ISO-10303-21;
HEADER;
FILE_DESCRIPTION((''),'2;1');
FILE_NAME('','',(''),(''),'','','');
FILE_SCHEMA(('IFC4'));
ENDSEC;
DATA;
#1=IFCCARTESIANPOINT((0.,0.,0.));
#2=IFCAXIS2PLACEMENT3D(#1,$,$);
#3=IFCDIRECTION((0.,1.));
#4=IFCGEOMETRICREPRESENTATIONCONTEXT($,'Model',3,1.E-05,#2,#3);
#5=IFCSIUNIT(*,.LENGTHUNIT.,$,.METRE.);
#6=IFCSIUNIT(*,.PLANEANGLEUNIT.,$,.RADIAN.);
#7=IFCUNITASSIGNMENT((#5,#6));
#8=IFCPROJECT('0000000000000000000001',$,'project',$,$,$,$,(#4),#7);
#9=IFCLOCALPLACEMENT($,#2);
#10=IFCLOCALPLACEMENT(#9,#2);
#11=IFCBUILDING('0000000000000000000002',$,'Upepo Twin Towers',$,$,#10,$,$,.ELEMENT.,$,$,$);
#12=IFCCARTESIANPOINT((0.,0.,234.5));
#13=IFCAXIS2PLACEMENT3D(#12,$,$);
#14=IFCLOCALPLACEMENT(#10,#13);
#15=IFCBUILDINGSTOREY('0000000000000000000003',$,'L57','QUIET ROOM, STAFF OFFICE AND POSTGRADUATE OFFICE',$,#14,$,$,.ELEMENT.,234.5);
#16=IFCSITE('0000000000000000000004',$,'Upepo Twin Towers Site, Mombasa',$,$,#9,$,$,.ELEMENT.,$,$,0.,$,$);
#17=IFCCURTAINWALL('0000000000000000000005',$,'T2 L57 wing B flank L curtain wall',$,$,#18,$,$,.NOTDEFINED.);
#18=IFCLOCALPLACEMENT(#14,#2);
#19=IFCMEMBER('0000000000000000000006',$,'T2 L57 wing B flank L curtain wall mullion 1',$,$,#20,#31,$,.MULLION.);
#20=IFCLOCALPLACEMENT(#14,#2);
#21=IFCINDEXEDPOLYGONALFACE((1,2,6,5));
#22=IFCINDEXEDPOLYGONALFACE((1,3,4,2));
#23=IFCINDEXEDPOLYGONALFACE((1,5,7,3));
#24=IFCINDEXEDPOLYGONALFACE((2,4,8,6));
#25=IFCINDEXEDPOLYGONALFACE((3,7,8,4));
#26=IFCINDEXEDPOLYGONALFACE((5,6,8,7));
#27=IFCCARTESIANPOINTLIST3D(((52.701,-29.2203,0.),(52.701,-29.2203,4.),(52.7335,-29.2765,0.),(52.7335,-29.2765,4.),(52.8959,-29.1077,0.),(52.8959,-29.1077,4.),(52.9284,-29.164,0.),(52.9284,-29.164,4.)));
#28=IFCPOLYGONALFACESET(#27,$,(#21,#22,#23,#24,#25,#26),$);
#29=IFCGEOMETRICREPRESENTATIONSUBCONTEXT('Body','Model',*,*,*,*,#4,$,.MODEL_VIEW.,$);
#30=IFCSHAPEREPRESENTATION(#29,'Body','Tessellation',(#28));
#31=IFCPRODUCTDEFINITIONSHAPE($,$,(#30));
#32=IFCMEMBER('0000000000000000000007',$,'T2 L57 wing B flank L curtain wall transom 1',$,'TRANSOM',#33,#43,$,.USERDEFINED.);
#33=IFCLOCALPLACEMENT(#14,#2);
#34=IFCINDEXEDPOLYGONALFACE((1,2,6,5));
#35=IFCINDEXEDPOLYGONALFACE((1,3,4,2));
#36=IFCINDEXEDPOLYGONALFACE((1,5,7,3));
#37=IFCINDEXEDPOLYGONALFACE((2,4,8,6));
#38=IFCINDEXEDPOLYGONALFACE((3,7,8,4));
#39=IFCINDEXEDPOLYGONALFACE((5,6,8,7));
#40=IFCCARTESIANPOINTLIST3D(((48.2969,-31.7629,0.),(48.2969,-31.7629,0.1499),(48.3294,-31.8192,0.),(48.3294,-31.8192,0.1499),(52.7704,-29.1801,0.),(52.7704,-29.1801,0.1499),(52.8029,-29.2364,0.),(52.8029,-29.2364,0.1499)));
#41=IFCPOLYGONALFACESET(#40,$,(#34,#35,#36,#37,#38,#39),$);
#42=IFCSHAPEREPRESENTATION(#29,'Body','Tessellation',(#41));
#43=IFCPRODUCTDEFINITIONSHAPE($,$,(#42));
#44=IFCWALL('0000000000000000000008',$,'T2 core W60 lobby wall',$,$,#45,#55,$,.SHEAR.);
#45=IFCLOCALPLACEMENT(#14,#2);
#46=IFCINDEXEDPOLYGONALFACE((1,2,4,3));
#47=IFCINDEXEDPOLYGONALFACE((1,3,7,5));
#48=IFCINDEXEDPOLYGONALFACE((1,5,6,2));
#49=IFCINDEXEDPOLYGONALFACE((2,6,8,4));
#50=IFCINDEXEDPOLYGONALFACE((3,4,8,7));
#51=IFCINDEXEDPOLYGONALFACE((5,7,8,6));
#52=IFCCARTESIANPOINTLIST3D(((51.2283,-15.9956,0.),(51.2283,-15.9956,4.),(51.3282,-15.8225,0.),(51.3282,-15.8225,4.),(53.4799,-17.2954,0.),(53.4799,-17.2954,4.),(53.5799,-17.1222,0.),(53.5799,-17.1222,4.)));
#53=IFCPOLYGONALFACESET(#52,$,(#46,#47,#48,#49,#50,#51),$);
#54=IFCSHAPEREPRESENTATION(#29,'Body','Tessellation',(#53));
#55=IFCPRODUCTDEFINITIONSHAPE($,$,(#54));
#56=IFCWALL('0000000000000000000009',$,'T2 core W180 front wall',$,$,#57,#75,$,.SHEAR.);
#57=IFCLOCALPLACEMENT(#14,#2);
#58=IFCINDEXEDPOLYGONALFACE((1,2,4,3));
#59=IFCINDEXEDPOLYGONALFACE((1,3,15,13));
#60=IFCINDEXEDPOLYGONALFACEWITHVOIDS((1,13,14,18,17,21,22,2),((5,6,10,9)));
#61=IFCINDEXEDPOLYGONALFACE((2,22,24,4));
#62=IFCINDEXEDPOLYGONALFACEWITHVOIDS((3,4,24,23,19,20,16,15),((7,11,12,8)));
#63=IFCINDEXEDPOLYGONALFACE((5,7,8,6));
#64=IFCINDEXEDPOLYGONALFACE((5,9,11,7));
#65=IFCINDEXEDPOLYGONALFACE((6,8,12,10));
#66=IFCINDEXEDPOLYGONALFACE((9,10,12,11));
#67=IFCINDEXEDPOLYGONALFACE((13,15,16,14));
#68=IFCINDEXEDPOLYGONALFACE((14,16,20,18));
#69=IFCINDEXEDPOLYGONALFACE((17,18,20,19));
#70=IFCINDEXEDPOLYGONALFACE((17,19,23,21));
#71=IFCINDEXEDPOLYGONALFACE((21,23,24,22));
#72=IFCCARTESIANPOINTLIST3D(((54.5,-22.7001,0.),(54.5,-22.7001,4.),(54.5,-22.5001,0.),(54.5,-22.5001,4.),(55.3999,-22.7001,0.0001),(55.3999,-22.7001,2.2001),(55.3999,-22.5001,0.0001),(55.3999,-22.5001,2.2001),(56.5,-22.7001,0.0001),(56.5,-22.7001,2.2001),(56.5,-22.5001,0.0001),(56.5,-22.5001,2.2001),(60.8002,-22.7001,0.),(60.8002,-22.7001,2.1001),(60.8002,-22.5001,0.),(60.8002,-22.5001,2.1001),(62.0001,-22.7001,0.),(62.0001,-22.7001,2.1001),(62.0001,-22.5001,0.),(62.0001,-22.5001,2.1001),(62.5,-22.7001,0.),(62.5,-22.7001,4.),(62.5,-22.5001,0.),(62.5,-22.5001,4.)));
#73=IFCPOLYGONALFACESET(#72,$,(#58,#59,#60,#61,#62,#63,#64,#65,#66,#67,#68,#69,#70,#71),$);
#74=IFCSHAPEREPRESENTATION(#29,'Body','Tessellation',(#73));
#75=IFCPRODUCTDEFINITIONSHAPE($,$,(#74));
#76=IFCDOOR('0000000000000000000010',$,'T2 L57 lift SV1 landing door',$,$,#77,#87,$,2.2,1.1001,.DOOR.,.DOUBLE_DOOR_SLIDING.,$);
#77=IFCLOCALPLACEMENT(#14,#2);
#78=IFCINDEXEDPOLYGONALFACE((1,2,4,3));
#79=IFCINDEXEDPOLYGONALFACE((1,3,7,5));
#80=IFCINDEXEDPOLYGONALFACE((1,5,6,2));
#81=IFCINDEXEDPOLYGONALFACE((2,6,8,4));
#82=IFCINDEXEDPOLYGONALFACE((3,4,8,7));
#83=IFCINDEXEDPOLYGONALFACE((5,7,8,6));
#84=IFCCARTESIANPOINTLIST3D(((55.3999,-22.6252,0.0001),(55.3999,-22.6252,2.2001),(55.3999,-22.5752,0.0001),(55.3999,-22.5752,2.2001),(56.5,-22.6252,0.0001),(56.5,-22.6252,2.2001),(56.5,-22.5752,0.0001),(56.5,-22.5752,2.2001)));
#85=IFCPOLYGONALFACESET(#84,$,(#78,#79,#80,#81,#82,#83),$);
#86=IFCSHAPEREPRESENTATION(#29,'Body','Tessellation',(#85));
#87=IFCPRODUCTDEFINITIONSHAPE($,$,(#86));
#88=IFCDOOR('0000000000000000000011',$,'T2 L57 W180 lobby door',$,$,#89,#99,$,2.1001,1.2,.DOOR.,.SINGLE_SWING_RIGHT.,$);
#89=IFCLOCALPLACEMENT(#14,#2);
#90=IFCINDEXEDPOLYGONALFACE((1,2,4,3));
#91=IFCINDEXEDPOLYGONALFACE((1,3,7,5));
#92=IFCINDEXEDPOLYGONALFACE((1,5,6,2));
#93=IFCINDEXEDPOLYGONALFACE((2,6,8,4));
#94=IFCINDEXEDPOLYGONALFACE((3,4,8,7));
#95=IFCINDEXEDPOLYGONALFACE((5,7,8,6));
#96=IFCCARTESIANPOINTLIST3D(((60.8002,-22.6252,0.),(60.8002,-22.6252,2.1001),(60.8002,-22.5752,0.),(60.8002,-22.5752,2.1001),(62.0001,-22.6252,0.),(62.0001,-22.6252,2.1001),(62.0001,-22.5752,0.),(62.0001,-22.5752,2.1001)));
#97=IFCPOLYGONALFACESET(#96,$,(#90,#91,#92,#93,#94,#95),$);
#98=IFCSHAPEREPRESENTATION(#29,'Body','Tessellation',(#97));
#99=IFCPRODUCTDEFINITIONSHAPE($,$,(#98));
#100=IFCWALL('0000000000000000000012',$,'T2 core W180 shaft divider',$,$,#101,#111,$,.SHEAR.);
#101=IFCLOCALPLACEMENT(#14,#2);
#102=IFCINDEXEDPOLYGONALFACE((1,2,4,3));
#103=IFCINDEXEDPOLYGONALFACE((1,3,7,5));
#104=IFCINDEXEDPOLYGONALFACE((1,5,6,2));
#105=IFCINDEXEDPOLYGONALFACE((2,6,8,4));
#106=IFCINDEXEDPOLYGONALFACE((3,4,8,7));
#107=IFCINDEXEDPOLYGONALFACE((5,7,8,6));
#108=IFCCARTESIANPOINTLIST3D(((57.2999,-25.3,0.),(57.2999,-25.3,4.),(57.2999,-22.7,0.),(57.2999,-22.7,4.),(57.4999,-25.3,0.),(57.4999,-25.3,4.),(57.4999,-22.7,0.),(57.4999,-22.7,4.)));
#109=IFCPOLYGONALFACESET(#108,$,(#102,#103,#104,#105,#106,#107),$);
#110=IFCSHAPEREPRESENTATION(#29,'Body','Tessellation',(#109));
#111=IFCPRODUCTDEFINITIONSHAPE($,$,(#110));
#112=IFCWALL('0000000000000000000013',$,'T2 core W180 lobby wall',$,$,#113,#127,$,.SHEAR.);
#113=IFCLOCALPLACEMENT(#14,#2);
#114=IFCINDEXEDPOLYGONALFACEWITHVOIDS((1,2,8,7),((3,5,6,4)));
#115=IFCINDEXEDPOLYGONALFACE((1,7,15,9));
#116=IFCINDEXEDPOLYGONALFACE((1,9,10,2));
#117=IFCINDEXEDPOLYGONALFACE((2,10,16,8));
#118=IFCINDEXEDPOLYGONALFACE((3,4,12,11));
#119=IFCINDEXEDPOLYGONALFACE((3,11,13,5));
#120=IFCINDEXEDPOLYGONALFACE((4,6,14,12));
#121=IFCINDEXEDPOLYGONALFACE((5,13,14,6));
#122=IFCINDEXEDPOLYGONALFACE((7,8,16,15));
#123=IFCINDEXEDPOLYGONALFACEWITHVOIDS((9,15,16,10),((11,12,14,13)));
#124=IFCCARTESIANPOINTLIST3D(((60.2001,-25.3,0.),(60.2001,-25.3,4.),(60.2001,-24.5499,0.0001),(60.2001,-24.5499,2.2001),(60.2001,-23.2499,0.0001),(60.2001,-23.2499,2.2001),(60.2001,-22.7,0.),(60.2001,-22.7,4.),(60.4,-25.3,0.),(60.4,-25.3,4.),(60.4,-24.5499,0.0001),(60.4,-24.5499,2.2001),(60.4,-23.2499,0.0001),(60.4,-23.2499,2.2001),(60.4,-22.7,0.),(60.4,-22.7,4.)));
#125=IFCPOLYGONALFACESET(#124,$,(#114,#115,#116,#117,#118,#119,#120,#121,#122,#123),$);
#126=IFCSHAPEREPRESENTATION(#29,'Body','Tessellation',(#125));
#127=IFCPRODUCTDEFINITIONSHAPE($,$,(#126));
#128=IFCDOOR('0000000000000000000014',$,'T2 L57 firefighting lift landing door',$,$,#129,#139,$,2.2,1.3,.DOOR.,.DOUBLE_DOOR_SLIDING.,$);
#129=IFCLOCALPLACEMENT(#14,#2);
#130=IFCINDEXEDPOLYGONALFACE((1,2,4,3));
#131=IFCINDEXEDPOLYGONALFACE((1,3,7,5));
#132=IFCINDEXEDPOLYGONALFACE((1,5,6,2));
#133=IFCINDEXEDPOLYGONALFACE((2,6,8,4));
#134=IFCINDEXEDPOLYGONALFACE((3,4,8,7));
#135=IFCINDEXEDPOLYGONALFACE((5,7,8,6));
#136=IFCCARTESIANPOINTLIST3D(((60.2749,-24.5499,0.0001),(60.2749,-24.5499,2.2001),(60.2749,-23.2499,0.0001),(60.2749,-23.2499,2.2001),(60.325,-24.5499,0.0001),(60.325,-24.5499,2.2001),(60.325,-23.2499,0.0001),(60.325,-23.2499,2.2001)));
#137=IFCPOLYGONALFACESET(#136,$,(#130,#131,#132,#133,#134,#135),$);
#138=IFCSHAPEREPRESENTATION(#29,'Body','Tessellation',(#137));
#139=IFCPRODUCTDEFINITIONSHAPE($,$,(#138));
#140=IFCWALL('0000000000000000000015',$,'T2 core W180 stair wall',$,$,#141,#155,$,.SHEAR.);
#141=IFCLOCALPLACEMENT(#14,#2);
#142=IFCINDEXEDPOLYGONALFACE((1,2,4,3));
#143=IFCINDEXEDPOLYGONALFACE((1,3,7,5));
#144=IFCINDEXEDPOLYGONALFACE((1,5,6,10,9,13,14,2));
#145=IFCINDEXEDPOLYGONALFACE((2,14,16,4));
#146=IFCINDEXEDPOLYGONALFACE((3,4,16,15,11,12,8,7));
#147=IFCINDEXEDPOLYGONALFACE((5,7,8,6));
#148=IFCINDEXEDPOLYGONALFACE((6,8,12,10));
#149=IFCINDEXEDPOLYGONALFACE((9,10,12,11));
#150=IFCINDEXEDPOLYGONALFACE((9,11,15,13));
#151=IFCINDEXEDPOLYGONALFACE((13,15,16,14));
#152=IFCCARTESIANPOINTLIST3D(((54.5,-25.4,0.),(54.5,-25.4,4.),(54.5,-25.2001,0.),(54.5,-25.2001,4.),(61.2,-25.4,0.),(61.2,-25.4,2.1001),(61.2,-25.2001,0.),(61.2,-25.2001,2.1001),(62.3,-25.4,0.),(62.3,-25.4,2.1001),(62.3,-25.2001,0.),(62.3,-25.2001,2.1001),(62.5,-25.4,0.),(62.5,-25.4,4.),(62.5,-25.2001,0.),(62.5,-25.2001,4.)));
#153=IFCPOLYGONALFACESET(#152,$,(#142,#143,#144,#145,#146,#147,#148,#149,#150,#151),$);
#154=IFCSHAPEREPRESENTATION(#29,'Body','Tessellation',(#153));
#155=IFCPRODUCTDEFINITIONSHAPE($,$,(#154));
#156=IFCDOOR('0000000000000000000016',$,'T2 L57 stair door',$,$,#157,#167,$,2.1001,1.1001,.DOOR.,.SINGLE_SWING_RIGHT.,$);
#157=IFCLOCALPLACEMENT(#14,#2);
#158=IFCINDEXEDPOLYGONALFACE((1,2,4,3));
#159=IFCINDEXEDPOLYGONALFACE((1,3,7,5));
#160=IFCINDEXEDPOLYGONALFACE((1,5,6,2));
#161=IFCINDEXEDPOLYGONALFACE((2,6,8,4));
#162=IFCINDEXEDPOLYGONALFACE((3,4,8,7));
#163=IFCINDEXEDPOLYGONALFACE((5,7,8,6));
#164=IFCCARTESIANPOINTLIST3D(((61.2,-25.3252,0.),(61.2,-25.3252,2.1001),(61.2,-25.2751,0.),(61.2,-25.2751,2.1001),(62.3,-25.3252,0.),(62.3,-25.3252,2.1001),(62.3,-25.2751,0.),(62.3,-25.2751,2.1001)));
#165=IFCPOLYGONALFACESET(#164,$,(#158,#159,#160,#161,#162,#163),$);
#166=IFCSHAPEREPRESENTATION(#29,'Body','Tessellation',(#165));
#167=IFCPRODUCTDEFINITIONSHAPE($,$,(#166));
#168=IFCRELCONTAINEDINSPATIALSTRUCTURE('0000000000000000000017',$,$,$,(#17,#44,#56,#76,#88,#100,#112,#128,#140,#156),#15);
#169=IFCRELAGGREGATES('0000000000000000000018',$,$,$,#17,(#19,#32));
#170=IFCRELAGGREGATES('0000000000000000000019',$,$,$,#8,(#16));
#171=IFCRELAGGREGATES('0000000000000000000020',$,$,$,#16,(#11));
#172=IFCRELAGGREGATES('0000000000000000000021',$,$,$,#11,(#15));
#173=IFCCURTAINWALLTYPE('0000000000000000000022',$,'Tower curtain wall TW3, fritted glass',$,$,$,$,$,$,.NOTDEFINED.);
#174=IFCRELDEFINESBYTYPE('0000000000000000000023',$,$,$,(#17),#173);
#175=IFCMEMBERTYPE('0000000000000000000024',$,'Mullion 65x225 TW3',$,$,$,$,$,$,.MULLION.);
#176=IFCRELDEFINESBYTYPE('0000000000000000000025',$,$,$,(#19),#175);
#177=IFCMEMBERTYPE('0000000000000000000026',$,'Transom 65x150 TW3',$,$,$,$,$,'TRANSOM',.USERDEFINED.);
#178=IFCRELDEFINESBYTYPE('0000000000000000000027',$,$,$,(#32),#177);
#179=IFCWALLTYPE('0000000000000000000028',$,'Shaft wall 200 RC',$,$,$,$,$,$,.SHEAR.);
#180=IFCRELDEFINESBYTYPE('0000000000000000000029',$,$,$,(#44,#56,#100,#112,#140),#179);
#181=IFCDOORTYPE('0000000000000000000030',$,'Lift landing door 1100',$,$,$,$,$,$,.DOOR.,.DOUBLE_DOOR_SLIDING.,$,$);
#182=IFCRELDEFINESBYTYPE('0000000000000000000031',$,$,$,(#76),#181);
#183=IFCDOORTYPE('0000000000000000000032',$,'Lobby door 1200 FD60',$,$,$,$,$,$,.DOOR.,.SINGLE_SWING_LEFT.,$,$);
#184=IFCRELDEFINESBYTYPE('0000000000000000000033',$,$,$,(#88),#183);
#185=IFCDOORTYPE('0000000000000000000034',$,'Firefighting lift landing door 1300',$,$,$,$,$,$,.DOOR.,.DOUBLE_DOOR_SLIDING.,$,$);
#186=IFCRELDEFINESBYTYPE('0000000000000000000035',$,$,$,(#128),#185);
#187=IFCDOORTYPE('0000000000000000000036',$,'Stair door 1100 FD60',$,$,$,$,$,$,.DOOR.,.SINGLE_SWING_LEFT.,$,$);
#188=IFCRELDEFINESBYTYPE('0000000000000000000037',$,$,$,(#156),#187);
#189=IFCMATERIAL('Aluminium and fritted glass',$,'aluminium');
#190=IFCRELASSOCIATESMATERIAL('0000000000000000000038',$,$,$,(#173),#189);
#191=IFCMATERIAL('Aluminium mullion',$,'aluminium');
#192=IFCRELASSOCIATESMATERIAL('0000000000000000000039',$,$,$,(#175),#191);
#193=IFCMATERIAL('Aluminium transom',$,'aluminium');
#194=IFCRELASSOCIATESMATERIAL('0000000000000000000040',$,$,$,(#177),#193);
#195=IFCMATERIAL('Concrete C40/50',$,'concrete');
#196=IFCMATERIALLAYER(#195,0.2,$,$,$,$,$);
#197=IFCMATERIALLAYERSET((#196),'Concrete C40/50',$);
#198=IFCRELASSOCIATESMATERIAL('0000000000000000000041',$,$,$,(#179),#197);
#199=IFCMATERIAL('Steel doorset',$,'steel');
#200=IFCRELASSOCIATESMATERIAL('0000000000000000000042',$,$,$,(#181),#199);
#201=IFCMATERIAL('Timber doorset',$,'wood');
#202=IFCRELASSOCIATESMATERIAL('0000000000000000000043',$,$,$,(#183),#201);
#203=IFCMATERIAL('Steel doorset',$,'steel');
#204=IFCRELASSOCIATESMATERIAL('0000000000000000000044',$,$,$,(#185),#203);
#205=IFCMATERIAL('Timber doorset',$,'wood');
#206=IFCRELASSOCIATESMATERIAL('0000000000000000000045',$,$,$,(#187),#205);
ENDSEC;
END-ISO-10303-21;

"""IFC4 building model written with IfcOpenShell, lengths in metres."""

from ifc_helpers import new_model, si_unit, direction, frame, frame_2d, origin, origin_2d, place, context, subcontext, project, spatial, rectangle, extrude, material, layer, layer_set, material_profile, profile_set, type_object, element, fill, aggregate, save


model = new_model("IFC4")

# Units and contexts
model_context = context("Model", 3, precision=1e-05, world=origin(), true_north=direction((0.0, 1.0)))
body_context = subcontext(model_context, "Body", "Model", "MODEL_VIEW")
ifc_project = project(units=[si_unit("LENGTHUNIT", "METRE"), si_unit("PLANEANGLEUNIT", "RADIAN")], contexts=[model_context])

# Site, building, storey
site_placement = place(None, origin())
site = spatial("IfcSite", under=ifc_project, at=site_placement, Name="Upepo Twin Towers Site, Mombasa", CompositionType="ELEMENT", RefElevation=0.0)
building_placement = place(site_placement, origin())
building = spatial("IfcBuilding", under=site, at=building_placement, Name="Upepo Twin Towers", CompositionType="ELEMENT")
storey_placement = place(building_placement, frame((0.0, 0.0, 234.5)))
storey = spatial("IfcBuildingStorey", under=building, at=storey_placement, Name="L57", Description="QUIET ROOM, STAFF OFFICE AND POSTGRADUATE OFFICE", CompositionType="ELEMENT", Elevation=234.5)

# Curtain wall, members
ifc_material_1 = material(Name="Aluminium and fritted glass", Category="aluminium")
curtain_wall_type = type_object("IfcCurtainWallType", Name="Tower curtain wall TW3, fritted glass", PredefinedType="NOTDEFINED", material=ifc_material_1)
curtain_wall_placement = place(storey_placement, origin())
curtain_wall = element("IfcCurtainWall", 1, at=curtain_wall_placement, inside=storey, type_object=curtain_wall_type, Name="T2 L57 wing B flank L curtain wall", PredefinedType="NOTDEFINED")
ifc_material_2 = material(Name="Aluminium mullion", Category="aluminium")
ifc_material_profile_1 = material_profile(ifc_material_2, rectangle(XDim=0.0649, YDim=0.2251, at=origin_2d()), Name="MULLION 65x225")
ifc_profile_set_1 = profile_set([ifc_material_profile_1], Name="Aluminium mullion")
member_type_1 = type_object("IfcMemberType", Name="Mullion 65x225 TW3", PredefinedType="MULLION", material=ifc_profile_set_1)
member_1_placement = place(storey_placement, frame((52.8147, -29.1921, 0.0), z_axis=(0.0, 0.0, 1.0), x_axis=(0.5, -0.866025, 0.0)))
member_1 = element("IfcMember", 2, at=member_1_placement, type_object=member_type_1, Name="T2 L57 wing B flank L curtain wall mullion 1", PredefinedType="MULLION", context=body_context, shape_type="SweptSolid", body=[
    extrude(rectangle(XDim=0.0649, YDim=0.2251, at=origin_2d()), origin(), (0.0, 0.0, 1.0), 4.0),
])
ifc_material_3 = material(Name="Aluminium transom", Category="aluminium")
ifc_material_profile_2 = material_profile(ifc_material_3, rectangle(XDim=0.0649, YDim=0.1499, at=origin_2d()), Name="TRANSOM 65x150")
ifc_profile_set_2 = profile_set([ifc_material_profile_2], Name="Aluminium transom")
member_type_2 = type_object("IfcMemberType", Name="Transom 65x150 TW3", ElementType="TRANSOM", PredefinedType="USERDEFINED", material=ifc_profile_set_2)
member_2_placement = place(storey_placement, frame((52.7866, -29.2083, 0.075), z_axis=(-0.866021, -0.500007, 0.0), x_axis=(0.500007, -0.866021, 0.0)))
member_2 = element("IfcMember", 3, at=member_2_placement, type_object=member_type_2, Name="T2 L57 wing B flank L curtain wall transom 1", ObjectType="TRANSOM", PredefinedType="USERDEFINED", context=body_context, shape_type="SweptSolid", body=[
    extrude(rectangle(XDim=0.0649, YDim=0.1499, at=origin_2d()), origin(), (0.0, 0.0, 1.0), 5.1655),
])
aggregate(curtain_wall, [member_1, member_2])

# Wall
ifc_material_4 = material(Name="Concrete C40/50", Category="concrete")
ifc_layer_1 = layer(ifc_material_4, 0.2)
ifc_layer_set_1 = layer_set([ifc_layer_1], Name="Concrete C40/50")
wall_type_1 = type_object("IfcWallType", Name="Shaft wall 200 RC", PredefinedType="SHEAR", material=ifc_layer_set_1)
wall_1_placement = place(storey_placement, frame((53.5298, -17.2087, 0.0), z_axis=(0.0, 0.0, 1.0), x_axis=(-0.866062, 0.499937, 0.0)))
element("IfcWall", 4, at=wall_1_placement, inside=storey, type_object=wall_type_1, Name="T2 core W60 lobby wall", PredefinedType="SHEAR", context=body_context, shape_type="SweptSolid", body=[
    extrude(rectangle(XDim=2.5999, YDim=0.2, at=frame_2d((1.2998, 0.0))), origin(), (0.0, 0.0, 1.0), 4.0),
])

# Wall, openings, doors
wall_2_placement = place(storey_placement, frame((54.5, -22.6001, 0.0), z_axis=(0.0, 0.0, 1.0), x_axis=(1.0, 0.0, 0.0)))
wall_2 = element("IfcWall", 5, at=wall_2_placement, inside=storey, type_object=wall_type_1, Name="T2 core W180 front wall", PredefinedType="SHEAR", context=body_context, shape_type="SweptSolid", body=[
    extrude(rectangle(XDim=8.0, YDim=0.2, at=frame_2d((4.0, 0.0))), origin(), (0.0, 0.0, 1.0), 4.0),
])
opening_1_placement = place(wall_2_placement, frame((6.3, 0.0, 0.0)))
opening_1 = element("IfcOpeningElement", 6, at=opening_1_placement, cuts=wall_2, PredefinedType="OPENING", context=body_context, shape_type="SweptSolid", body=[
    extrude(rectangle(XDim=1.2, YDim=2.1001, at=frame_2d((0.6001, 1.05))), frame((0.0, 0.1099, 0.0), z_axis=(0.0, -1.0, 0.0), x_axis=(1.0, 0.0, 0.0)), (0.0, 0.0, 1.0), 0.22),
])
opening_2_placement = place(wall_2_placement, frame((0.8999, 0.0, 0.0)))
opening_2 = element("IfcOpeningElement", 7, at=opening_2_placement, cuts=wall_2, PredefinedType="OPENING", context=body_context, shape_type="SweptSolid", body=[
    extrude(rectangle(XDim=1.1001, YDim=2.2, at=frame_2d((0.55, 1.1001))), frame((0.0, 0.1099, 0.0), z_axis=(0.0, -1.0, 0.0), x_axis=(1.0, 0.0, 0.0)), (0.0, 0.0, 1.0), 0.22),
])
ifc_material_5 = material(Name="Steel doorset", Category="steel")
door_type_1 = type_object("IfcDoorType", Name="Lift landing door 1100", OperationType="DOUBLE_DOOR_SLIDING", PredefinedType="DOOR", material=ifc_material_5)
door_1_placement = place(opening_2_placement, origin())
door_1 = element("IfcDoor", 8, at=door_1_placement, inside=storey, type_object=door_type_1, Name="T2 L57 lift SV1 landing door", OperationType="DOUBLE_DOOR_SLIDING", OverallHeight=2.2, OverallWidth=1.1001, PredefinedType="DOOR", context=body_context, shape_type="SweptSolid", body=[
    extrude(rectangle(XDim=1.1001, YDim=2.2, at=frame_2d((0.55, 1.1001))), frame((0.0, 0.0249, 0.0), z_axis=(0.0, -1.0, 0.0), x_axis=(1.0, 0.0, 0.0)), (0.0, 0.0, 1.0), 0.05),
])
fill(opening_2, door_1)
ifc_material_6 = material(Name="Timber doorset", Category="wood")
door_type_2 = type_object("IfcDoorType", Name="Lobby door 1200 FD60", OperationType="SINGLE_SWING_LEFT", PredefinedType="DOOR", material=ifc_material_6)
door_2_placement = place(opening_1_placement, origin())
door_2 = element("IfcDoor", 9, at=door_2_placement, inside=storey, type_object=door_type_2, Name="T2 L57 W180 lobby door", OperationType="SINGLE_SWING_RIGHT", OverallHeight=2.1001, OverallWidth=1.2, PredefinedType="DOOR", context=body_context, shape_type="SweptSolid", body=[
    extrude(rectangle(XDim=1.2, YDim=2.1001, at=frame_2d((0.6001, 1.05))), frame((0.0, 0.0249, 0.0), z_axis=(0.0, -1.0, 0.0), x_axis=(1.0, 0.0, 0.0)), (0.0, 0.0, 1.0), 0.05),
])
fill(opening_1, door_2)

# Wall
wall_3_placement = place(storey_placement, frame((57.3999, -22.7, 0.0), z_axis=(0.0, 0.0, 1.0), x_axis=(0.0, -1.0, 0.0)))
element("IfcWall", 10, at=wall_3_placement, inside=storey, type_object=wall_type_1, Name="T2 core W180 shaft divider", PredefinedType="SHEAR", context=body_context, shape_type="SweptSolid", body=[
    extrude(rectangle(XDim=2.6001, YDim=0.2, at=frame_2d((1.3, 0.0))), origin(), (0.0, 0.0, 1.0), 4.0),
])

# Walls, openings, doors
wall_4_placement = place(storey_placement, frame((60.3, -22.7, 0.0), z_axis=(0.0, 0.0, 1.0), x_axis=(0.0, -1.0, 0.0)))
wall_4 = element("IfcWall", 11, at=wall_4_placement, inside=storey, type_object=wall_type_1, Name="T2 core W180 lobby wall", PredefinedType="SHEAR", context=body_context, shape_type="SweptSolid", body=[
    extrude(rectangle(XDim=2.6001, YDim=0.2, at=frame_2d((1.3, 0.0))), origin(), (0.0, 0.0, 1.0), 4.0),
])
opening_3_placement = place(wall_4_placement, frame((0.55, 0.0, 0.0)))
opening_3 = element("IfcOpeningElement", 12, at=opening_3_placement, cuts=wall_4, PredefinedType="OPENING", context=body_context, shape_type="SweptSolid", body=[
    extrude(rectangle(XDim=1.3, YDim=2.2, at=frame_2d((0.6499, 1.1001))), frame((0.0, 0.1099, 0.0), z_axis=(0.0, -1.0, 0.0), x_axis=(1.0, 0.0, 0.0)), (0.0, 0.0, 1.0), 0.22),
])
ifc_material_7 = material(Name="Steel doorset", Category="steel")
door_type_3 = type_object("IfcDoorType", Name="Firefighting lift landing door 1300", OperationType="DOUBLE_DOOR_SLIDING", PredefinedType="DOOR", material=ifc_material_7)
door_3_placement = place(opening_3_placement, origin())
door_3 = element("IfcDoor", 13, at=door_3_placement, inside=storey, type_object=door_type_3, Name="T2 L57 firefighting lift landing door", OperationType="DOUBLE_DOOR_SLIDING", OverallHeight=2.2, OverallWidth=1.3, PredefinedType="DOOR", context=body_context, shape_type="SweptSolid", body=[
    extrude(rectangle(XDim=1.3, YDim=2.2, at=frame_2d((0.6499, 1.1001))), frame((0.0, 0.0249, 0.0), z_axis=(0.0, -1.0, 0.0), x_axis=(1.0, 0.0, 0.0)), (0.0, 0.0, 1.0), 0.05),
])
fill(opening_3, door_3)
wall_5_placement = place(storey_placement, frame((54.5, -25.3, 0.0), z_axis=(0.0, 0.0, 1.0), x_axis=(1.0, 0.0, 0.0)))
wall_5 = element("IfcWall", 14, at=wall_5_placement, inside=storey, type_object=wall_type_1, Name="T2 core W180 stair wall", PredefinedType="SHEAR", context=body_context, shape_type="SweptSolid", body=[
    extrude(rectangle(XDim=8.0, YDim=0.2, at=frame_2d((4.0, 0.0))), origin(), (0.0, 0.0, 1.0), 4.0),
])
opening_4_placement = place(wall_5_placement, frame((6.7, 0.0, 0.0)))
opening_4 = element("IfcOpeningElement", 15, at=opening_4_placement, cuts=wall_5, PredefinedType="OPENING", context=body_context, shape_type="SweptSolid", body=[
    extrude(rectangle(XDim=1.1001, YDim=2.1001, at=frame_2d((0.55, 1.05))), frame((0.0, 0.1099, 0.0), z_axis=(0.0, -1.0, 0.0), x_axis=(1.0, 0.0, 0.0)), (0.0, 0.0, 1.0), 0.22),
])
ifc_material_8 = material(Name="Timber doorset", Category="wood")
door_type_4 = type_object("IfcDoorType", Name="Stair door 1100 FD60", OperationType="SINGLE_SWING_LEFT", PredefinedType="DOOR", material=ifc_material_8)
door_4_placement = place(opening_4_placement, origin())
door_4 = element("IfcDoor", 16, at=door_4_placement, inside=storey, type_object=door_type_4, Name="T2 L57 stair door", OperationType="SINGLE_SWING_RIGHT", OverallHeight=2.1001, OverallWidth=1.1001, PredefinedType="DOOR", context=body_context, shape_type="SweptSolid", body=[
    extrude(rectangle(XDim=1.1001, YDim=2.1001, at=frame_2d((0.55, 1.05))), frame((0.0, 0.0249, 0.0), z_axis=(0.0, -1.0, 0.0), x_axis=(1.0, 0.0, 0.0)), (0.0, 0.0, 1.0), 0.05),
])
fill(opening_4, door_4)

save(model, "model.ifc")
